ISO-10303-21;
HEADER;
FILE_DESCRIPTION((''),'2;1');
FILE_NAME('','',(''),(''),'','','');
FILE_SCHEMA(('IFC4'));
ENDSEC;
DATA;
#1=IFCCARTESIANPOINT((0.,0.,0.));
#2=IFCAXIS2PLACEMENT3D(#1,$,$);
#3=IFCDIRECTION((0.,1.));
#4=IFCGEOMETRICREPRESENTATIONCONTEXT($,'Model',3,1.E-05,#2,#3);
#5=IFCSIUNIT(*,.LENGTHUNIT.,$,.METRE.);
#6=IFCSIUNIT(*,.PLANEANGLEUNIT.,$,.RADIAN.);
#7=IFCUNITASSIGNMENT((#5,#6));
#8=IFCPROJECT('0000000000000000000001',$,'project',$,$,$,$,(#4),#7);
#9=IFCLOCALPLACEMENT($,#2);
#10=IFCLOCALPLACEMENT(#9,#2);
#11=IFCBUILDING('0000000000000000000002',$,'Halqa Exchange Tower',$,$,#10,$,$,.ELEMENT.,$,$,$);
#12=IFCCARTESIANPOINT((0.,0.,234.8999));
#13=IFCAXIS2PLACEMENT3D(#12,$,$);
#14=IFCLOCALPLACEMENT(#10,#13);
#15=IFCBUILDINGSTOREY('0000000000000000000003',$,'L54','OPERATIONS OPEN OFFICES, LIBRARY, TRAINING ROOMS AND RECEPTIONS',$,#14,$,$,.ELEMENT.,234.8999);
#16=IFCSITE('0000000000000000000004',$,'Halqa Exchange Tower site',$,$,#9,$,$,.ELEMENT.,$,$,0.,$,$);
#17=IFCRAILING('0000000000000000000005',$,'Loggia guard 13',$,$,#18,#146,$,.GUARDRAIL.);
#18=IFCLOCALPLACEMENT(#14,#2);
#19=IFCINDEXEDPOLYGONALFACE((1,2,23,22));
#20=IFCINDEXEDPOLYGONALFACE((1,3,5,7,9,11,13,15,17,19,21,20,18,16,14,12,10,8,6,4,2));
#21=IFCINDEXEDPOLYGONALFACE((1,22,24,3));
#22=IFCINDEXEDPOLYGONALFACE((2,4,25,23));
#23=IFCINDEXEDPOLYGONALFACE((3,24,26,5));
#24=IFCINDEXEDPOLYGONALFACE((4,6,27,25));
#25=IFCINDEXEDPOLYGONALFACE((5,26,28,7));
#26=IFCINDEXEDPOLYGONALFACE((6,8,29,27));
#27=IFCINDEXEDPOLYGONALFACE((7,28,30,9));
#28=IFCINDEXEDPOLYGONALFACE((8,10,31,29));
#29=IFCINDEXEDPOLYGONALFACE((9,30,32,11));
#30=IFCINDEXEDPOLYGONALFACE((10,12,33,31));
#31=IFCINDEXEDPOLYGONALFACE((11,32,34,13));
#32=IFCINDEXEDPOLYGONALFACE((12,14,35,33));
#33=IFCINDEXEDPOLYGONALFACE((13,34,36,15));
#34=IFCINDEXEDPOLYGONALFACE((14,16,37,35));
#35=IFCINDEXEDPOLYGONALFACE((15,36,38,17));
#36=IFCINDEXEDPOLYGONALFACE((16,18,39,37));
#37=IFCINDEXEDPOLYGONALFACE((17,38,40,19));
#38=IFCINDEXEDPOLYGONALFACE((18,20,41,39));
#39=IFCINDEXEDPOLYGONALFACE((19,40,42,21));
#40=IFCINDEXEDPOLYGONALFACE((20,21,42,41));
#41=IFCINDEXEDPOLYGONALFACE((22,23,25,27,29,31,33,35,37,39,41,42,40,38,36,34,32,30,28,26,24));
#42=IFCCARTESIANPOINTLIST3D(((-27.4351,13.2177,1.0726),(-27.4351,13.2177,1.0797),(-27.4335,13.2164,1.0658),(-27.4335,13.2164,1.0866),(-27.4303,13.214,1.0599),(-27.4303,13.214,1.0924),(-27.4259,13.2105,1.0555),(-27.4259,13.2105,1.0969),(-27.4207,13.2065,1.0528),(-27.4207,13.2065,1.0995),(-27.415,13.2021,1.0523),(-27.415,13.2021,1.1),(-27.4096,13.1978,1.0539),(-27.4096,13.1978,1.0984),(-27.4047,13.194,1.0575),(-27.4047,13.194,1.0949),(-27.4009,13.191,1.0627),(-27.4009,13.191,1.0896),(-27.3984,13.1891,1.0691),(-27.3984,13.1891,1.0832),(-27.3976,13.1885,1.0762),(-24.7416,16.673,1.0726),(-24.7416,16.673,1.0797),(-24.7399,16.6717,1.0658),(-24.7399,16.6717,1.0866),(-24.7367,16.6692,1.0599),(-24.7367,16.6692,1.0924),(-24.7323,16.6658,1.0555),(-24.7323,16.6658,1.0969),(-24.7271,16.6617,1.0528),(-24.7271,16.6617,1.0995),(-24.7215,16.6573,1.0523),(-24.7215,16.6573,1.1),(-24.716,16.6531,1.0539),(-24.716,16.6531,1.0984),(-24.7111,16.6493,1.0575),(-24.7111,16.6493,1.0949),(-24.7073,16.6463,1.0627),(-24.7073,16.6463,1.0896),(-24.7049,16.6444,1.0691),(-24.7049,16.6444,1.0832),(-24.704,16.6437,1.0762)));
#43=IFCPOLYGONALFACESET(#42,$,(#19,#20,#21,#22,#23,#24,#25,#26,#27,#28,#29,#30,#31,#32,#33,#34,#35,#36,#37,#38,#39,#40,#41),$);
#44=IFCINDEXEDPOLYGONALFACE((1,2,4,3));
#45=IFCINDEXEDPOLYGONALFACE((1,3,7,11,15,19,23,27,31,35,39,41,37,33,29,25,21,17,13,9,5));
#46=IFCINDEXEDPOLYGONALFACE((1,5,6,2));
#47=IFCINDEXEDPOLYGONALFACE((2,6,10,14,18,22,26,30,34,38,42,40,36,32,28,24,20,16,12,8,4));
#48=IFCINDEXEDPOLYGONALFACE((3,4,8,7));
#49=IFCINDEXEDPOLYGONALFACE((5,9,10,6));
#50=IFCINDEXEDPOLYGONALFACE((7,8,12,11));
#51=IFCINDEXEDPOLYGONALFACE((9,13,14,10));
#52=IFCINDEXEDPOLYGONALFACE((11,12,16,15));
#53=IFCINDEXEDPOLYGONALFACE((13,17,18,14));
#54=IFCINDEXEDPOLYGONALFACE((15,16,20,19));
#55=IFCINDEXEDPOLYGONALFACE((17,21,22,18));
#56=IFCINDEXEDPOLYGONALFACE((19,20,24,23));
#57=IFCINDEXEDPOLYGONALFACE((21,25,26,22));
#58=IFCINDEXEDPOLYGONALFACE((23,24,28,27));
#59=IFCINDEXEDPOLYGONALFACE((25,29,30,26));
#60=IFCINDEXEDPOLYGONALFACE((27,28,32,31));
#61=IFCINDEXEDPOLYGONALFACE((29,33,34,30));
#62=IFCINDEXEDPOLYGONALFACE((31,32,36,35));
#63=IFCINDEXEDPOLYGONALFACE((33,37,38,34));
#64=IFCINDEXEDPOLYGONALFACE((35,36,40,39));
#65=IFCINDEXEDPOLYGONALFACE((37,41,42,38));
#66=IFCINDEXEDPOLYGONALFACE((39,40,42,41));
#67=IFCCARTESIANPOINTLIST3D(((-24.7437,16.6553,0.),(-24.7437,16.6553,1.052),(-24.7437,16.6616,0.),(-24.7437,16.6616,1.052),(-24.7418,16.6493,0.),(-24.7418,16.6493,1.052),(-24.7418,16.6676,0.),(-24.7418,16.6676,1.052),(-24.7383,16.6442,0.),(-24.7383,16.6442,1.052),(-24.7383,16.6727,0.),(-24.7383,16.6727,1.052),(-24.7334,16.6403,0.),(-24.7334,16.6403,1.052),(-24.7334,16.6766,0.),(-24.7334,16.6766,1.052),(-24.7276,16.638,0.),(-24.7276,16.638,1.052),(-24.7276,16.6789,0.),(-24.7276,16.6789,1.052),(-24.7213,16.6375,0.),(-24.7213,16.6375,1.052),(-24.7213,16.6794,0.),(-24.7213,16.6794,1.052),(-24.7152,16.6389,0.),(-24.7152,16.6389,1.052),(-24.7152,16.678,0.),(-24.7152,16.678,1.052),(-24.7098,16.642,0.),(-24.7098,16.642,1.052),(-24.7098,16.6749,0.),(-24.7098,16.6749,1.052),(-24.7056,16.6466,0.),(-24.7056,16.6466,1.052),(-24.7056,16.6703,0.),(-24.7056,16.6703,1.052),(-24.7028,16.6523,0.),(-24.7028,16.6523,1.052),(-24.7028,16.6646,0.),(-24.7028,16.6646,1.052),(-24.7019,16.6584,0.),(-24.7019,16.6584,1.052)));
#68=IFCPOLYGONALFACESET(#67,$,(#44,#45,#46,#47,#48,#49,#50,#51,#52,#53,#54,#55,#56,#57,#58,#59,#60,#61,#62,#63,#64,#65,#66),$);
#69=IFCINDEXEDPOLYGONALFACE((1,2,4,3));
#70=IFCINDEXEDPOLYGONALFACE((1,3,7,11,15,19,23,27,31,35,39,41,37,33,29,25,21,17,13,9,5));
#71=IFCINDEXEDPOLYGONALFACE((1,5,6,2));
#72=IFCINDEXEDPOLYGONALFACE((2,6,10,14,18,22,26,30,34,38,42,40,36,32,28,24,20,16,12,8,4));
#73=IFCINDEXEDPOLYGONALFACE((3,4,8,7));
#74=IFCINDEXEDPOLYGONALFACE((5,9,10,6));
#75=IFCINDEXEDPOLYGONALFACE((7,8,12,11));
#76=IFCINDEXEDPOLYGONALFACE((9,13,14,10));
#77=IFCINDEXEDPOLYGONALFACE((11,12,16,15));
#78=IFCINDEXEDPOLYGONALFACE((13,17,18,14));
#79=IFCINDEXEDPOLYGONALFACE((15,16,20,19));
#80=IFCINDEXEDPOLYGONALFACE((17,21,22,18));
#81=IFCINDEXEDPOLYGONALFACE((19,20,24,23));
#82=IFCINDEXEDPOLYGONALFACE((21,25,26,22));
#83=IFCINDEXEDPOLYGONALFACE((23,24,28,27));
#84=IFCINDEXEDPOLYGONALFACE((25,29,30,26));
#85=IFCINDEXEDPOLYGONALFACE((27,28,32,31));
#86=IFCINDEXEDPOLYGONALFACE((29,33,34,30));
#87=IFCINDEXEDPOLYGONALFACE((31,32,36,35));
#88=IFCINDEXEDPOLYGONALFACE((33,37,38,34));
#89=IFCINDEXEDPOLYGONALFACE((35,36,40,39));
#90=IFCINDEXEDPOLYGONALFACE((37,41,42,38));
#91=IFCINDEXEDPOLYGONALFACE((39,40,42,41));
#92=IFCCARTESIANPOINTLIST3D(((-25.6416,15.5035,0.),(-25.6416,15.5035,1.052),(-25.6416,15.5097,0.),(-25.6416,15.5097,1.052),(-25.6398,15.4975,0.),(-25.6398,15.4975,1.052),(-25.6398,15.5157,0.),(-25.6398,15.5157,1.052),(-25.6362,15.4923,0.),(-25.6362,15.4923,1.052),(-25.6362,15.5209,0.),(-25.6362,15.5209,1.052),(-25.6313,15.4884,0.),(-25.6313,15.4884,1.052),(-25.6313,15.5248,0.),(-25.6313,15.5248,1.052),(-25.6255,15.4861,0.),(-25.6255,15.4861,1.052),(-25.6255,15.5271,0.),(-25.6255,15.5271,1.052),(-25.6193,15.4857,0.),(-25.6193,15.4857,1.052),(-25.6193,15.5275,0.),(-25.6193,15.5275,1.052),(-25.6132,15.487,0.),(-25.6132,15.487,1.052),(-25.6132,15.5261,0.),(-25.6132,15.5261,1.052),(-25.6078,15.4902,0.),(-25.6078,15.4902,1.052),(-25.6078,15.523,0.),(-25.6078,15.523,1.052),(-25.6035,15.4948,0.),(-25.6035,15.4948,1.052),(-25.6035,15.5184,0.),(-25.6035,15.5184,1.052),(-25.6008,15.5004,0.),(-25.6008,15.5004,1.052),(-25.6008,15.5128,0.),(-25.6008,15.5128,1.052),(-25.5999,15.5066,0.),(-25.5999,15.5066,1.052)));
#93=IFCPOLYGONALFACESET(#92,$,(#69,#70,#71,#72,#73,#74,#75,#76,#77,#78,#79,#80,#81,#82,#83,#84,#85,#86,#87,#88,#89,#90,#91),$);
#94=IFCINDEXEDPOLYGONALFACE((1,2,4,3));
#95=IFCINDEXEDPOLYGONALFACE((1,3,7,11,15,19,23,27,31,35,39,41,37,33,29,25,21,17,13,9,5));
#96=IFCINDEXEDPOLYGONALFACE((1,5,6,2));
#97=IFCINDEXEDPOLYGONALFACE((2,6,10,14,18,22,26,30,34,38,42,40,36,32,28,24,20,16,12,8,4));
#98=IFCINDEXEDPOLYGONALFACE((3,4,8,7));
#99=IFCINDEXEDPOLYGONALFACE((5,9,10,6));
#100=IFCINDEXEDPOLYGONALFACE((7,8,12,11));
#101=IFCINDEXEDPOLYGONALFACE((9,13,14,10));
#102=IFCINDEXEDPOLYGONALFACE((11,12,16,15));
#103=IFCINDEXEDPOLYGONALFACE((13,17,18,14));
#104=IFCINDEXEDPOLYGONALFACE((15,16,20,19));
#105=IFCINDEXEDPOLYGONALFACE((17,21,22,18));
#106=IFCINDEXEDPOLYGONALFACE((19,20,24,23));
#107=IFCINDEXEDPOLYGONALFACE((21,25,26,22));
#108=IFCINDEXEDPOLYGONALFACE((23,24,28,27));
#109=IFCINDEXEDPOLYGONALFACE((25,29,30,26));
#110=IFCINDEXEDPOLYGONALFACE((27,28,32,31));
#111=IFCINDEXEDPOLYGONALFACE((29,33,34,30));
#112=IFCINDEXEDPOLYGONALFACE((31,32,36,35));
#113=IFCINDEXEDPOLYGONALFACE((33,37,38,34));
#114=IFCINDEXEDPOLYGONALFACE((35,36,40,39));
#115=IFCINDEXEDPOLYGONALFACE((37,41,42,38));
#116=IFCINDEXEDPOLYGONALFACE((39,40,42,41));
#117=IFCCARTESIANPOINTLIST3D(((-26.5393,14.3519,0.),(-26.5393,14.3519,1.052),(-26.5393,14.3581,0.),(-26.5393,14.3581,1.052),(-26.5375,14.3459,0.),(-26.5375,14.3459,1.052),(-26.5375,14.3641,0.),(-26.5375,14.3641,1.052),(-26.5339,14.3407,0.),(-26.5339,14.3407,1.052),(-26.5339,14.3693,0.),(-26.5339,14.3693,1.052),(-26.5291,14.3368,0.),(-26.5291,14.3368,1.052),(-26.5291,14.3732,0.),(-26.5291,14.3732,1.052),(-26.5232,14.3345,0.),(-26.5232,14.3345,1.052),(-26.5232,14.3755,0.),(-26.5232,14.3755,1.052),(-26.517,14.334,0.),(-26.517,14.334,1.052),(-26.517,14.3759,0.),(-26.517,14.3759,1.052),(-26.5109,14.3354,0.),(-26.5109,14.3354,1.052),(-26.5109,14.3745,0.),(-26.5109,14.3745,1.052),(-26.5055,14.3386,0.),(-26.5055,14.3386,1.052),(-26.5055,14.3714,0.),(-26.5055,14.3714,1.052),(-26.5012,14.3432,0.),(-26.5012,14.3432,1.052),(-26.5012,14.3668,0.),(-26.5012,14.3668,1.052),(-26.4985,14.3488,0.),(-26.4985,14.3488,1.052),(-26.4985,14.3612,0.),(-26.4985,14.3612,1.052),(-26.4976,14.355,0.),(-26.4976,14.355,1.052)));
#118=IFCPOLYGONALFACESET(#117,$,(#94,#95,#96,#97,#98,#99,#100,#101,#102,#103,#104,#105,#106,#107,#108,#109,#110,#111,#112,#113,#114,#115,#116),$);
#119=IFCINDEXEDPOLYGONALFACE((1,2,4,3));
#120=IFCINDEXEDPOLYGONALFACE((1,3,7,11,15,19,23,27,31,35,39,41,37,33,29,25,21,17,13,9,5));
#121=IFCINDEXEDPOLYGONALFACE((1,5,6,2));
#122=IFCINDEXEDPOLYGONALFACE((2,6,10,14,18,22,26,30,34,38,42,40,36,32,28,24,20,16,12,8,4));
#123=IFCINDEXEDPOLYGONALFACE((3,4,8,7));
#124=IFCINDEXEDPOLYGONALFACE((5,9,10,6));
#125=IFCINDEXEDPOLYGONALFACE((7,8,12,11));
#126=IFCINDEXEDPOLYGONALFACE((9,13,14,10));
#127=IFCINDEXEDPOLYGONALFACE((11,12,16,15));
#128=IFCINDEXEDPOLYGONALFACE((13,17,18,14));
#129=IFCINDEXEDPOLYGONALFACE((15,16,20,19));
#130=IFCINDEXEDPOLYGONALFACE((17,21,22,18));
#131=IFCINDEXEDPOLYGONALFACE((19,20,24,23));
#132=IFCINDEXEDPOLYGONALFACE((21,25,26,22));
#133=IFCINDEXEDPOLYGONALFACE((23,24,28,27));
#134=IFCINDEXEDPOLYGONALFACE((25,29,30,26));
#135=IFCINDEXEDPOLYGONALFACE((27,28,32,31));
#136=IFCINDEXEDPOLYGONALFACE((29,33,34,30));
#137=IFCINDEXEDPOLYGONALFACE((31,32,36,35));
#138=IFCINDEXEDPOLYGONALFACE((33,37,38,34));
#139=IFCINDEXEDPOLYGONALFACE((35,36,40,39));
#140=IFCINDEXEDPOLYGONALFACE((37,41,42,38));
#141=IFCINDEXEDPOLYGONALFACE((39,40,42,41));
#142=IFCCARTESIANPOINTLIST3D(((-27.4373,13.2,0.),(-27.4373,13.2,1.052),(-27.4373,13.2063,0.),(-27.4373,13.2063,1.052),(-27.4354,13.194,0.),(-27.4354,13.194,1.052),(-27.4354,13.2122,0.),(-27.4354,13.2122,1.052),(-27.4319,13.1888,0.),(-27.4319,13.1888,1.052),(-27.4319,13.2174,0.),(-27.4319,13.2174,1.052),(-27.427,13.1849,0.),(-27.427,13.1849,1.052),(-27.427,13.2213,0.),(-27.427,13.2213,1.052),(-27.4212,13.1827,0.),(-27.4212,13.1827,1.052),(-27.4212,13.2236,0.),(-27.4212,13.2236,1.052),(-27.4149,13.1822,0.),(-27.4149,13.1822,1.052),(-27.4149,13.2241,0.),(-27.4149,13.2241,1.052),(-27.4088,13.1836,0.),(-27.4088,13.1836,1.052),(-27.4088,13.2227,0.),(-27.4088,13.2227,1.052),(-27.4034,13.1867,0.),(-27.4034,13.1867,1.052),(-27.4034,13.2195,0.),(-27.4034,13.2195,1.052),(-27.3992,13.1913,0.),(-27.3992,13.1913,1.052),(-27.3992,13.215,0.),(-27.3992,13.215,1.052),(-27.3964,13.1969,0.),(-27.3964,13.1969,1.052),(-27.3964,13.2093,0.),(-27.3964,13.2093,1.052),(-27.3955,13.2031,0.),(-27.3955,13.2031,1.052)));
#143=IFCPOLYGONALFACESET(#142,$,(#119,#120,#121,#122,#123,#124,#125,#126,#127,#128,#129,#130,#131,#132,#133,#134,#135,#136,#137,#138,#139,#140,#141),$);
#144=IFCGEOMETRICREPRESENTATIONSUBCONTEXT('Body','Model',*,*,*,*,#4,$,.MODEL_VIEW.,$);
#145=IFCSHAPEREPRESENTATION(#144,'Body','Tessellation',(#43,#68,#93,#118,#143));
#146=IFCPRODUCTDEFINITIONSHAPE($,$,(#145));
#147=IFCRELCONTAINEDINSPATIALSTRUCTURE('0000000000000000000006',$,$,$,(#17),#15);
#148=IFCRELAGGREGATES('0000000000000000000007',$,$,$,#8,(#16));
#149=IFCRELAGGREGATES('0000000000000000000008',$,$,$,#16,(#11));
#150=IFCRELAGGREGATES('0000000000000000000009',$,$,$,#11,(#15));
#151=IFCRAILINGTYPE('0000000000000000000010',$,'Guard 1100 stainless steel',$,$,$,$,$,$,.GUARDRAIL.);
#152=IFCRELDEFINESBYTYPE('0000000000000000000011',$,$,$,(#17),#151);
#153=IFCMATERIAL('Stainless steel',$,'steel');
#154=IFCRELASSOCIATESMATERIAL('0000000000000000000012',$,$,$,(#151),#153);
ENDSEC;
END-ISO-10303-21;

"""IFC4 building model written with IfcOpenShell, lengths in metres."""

from ifc_helpers import new_model, si_unit, direction, frame, origin, origin_2d, place, context, subcontext, project, spatial, circle, extrude, material, type_object, element, save


model = new_model("IFC4")

# Units and contexts
model_context = context("Model", 3, precision=1e-05, world=origin(), true_north=direction((0.0, 1.0)))
body_context = subcontext(model_context, "Body", "Model", "MODEL_VIEW")
ifc_project = project(units=[si_unit("LENGTHUNIT", "METRE"), si_unit("PLANEANGLEUNIT", "RADIAN")], contexts=[model_context])

# Site, building, storey
site_placement = place(None, origin())
site = spatial("IfcSite", under=ifc_project, at=site_placement, Name="Halqa Exchange Tower site", CompositionType="ELEMENT", RefElevation=0.0)
building_placement = place(site_placement, origin())
building = spatial("IfcBuilding", under=site, at=building_placement, Name="Halqa Exchange Tower", CompositionType="ELEMENT")
storey_placement = place(building_placement, frame((0.0, 0.0, 234.8999)))
storey = spatial("IfcBuildingStorey", under=building, at=storey_placement, Name="L54", Description="OPERATIONS OPEN OFFICES, LIBRARY, TRAINING ROOMS AND RECEPTIONS", CompositionType="ELEMENT", Elevation=234.8999)

# Railing
ifc_material_1 = material(Name="Stainless steel", Category="steel")
railing_type = type_object("IfcRailingType", Name="Guard 1100 stainless steel", PredefinedType="GUARDRAIL", material=ifc_material_1)
railing_1_placement = place(storey_placement, frame((-24.7229, 16.6584, 0.0)))
element("IfcRailing", 1, at=railing_1_placement, inside=storey, type_object=railing_type, Name="Loggia guard 13", PredefinedType="GUARDRAIL", context=body_context, shape_type="SweptSolid", body=[
    extrude(circle(Radius=0.0239, at=origin_2d()), frame((0.0, 0.0, 1.0762), z_axis=(-0.614812, -0.788674, 0.0), x_axis=(0.788674, -0.614812, 0.0)), (0.0, 0.0, 1.0), 4.3811),
    extrude(circle(Radius=0.021, at=origin_2d()), origin(), (0.0, 0.0, 1.0), 1.052),
    extrude(circle(Radius=0.021, at=origin_2d()), frame((-0.8979, -1.1519, 0.0)), (0.0, 0.0, 1.0), 1.052),
    extrude(circle(Radius=0.021, at=origin_2d()), frame((-1.7957, -2.3035, 0.0)), (0.0, 0.0, 1.0), 1.052),
    extrude(circle(Radius=0.021, at=origin_2d()), frame((-2.6936, -3.4553, 0.0)), (0.0, 0.0, 1.0), 1.052),
])

save(model, "model.ifc")
